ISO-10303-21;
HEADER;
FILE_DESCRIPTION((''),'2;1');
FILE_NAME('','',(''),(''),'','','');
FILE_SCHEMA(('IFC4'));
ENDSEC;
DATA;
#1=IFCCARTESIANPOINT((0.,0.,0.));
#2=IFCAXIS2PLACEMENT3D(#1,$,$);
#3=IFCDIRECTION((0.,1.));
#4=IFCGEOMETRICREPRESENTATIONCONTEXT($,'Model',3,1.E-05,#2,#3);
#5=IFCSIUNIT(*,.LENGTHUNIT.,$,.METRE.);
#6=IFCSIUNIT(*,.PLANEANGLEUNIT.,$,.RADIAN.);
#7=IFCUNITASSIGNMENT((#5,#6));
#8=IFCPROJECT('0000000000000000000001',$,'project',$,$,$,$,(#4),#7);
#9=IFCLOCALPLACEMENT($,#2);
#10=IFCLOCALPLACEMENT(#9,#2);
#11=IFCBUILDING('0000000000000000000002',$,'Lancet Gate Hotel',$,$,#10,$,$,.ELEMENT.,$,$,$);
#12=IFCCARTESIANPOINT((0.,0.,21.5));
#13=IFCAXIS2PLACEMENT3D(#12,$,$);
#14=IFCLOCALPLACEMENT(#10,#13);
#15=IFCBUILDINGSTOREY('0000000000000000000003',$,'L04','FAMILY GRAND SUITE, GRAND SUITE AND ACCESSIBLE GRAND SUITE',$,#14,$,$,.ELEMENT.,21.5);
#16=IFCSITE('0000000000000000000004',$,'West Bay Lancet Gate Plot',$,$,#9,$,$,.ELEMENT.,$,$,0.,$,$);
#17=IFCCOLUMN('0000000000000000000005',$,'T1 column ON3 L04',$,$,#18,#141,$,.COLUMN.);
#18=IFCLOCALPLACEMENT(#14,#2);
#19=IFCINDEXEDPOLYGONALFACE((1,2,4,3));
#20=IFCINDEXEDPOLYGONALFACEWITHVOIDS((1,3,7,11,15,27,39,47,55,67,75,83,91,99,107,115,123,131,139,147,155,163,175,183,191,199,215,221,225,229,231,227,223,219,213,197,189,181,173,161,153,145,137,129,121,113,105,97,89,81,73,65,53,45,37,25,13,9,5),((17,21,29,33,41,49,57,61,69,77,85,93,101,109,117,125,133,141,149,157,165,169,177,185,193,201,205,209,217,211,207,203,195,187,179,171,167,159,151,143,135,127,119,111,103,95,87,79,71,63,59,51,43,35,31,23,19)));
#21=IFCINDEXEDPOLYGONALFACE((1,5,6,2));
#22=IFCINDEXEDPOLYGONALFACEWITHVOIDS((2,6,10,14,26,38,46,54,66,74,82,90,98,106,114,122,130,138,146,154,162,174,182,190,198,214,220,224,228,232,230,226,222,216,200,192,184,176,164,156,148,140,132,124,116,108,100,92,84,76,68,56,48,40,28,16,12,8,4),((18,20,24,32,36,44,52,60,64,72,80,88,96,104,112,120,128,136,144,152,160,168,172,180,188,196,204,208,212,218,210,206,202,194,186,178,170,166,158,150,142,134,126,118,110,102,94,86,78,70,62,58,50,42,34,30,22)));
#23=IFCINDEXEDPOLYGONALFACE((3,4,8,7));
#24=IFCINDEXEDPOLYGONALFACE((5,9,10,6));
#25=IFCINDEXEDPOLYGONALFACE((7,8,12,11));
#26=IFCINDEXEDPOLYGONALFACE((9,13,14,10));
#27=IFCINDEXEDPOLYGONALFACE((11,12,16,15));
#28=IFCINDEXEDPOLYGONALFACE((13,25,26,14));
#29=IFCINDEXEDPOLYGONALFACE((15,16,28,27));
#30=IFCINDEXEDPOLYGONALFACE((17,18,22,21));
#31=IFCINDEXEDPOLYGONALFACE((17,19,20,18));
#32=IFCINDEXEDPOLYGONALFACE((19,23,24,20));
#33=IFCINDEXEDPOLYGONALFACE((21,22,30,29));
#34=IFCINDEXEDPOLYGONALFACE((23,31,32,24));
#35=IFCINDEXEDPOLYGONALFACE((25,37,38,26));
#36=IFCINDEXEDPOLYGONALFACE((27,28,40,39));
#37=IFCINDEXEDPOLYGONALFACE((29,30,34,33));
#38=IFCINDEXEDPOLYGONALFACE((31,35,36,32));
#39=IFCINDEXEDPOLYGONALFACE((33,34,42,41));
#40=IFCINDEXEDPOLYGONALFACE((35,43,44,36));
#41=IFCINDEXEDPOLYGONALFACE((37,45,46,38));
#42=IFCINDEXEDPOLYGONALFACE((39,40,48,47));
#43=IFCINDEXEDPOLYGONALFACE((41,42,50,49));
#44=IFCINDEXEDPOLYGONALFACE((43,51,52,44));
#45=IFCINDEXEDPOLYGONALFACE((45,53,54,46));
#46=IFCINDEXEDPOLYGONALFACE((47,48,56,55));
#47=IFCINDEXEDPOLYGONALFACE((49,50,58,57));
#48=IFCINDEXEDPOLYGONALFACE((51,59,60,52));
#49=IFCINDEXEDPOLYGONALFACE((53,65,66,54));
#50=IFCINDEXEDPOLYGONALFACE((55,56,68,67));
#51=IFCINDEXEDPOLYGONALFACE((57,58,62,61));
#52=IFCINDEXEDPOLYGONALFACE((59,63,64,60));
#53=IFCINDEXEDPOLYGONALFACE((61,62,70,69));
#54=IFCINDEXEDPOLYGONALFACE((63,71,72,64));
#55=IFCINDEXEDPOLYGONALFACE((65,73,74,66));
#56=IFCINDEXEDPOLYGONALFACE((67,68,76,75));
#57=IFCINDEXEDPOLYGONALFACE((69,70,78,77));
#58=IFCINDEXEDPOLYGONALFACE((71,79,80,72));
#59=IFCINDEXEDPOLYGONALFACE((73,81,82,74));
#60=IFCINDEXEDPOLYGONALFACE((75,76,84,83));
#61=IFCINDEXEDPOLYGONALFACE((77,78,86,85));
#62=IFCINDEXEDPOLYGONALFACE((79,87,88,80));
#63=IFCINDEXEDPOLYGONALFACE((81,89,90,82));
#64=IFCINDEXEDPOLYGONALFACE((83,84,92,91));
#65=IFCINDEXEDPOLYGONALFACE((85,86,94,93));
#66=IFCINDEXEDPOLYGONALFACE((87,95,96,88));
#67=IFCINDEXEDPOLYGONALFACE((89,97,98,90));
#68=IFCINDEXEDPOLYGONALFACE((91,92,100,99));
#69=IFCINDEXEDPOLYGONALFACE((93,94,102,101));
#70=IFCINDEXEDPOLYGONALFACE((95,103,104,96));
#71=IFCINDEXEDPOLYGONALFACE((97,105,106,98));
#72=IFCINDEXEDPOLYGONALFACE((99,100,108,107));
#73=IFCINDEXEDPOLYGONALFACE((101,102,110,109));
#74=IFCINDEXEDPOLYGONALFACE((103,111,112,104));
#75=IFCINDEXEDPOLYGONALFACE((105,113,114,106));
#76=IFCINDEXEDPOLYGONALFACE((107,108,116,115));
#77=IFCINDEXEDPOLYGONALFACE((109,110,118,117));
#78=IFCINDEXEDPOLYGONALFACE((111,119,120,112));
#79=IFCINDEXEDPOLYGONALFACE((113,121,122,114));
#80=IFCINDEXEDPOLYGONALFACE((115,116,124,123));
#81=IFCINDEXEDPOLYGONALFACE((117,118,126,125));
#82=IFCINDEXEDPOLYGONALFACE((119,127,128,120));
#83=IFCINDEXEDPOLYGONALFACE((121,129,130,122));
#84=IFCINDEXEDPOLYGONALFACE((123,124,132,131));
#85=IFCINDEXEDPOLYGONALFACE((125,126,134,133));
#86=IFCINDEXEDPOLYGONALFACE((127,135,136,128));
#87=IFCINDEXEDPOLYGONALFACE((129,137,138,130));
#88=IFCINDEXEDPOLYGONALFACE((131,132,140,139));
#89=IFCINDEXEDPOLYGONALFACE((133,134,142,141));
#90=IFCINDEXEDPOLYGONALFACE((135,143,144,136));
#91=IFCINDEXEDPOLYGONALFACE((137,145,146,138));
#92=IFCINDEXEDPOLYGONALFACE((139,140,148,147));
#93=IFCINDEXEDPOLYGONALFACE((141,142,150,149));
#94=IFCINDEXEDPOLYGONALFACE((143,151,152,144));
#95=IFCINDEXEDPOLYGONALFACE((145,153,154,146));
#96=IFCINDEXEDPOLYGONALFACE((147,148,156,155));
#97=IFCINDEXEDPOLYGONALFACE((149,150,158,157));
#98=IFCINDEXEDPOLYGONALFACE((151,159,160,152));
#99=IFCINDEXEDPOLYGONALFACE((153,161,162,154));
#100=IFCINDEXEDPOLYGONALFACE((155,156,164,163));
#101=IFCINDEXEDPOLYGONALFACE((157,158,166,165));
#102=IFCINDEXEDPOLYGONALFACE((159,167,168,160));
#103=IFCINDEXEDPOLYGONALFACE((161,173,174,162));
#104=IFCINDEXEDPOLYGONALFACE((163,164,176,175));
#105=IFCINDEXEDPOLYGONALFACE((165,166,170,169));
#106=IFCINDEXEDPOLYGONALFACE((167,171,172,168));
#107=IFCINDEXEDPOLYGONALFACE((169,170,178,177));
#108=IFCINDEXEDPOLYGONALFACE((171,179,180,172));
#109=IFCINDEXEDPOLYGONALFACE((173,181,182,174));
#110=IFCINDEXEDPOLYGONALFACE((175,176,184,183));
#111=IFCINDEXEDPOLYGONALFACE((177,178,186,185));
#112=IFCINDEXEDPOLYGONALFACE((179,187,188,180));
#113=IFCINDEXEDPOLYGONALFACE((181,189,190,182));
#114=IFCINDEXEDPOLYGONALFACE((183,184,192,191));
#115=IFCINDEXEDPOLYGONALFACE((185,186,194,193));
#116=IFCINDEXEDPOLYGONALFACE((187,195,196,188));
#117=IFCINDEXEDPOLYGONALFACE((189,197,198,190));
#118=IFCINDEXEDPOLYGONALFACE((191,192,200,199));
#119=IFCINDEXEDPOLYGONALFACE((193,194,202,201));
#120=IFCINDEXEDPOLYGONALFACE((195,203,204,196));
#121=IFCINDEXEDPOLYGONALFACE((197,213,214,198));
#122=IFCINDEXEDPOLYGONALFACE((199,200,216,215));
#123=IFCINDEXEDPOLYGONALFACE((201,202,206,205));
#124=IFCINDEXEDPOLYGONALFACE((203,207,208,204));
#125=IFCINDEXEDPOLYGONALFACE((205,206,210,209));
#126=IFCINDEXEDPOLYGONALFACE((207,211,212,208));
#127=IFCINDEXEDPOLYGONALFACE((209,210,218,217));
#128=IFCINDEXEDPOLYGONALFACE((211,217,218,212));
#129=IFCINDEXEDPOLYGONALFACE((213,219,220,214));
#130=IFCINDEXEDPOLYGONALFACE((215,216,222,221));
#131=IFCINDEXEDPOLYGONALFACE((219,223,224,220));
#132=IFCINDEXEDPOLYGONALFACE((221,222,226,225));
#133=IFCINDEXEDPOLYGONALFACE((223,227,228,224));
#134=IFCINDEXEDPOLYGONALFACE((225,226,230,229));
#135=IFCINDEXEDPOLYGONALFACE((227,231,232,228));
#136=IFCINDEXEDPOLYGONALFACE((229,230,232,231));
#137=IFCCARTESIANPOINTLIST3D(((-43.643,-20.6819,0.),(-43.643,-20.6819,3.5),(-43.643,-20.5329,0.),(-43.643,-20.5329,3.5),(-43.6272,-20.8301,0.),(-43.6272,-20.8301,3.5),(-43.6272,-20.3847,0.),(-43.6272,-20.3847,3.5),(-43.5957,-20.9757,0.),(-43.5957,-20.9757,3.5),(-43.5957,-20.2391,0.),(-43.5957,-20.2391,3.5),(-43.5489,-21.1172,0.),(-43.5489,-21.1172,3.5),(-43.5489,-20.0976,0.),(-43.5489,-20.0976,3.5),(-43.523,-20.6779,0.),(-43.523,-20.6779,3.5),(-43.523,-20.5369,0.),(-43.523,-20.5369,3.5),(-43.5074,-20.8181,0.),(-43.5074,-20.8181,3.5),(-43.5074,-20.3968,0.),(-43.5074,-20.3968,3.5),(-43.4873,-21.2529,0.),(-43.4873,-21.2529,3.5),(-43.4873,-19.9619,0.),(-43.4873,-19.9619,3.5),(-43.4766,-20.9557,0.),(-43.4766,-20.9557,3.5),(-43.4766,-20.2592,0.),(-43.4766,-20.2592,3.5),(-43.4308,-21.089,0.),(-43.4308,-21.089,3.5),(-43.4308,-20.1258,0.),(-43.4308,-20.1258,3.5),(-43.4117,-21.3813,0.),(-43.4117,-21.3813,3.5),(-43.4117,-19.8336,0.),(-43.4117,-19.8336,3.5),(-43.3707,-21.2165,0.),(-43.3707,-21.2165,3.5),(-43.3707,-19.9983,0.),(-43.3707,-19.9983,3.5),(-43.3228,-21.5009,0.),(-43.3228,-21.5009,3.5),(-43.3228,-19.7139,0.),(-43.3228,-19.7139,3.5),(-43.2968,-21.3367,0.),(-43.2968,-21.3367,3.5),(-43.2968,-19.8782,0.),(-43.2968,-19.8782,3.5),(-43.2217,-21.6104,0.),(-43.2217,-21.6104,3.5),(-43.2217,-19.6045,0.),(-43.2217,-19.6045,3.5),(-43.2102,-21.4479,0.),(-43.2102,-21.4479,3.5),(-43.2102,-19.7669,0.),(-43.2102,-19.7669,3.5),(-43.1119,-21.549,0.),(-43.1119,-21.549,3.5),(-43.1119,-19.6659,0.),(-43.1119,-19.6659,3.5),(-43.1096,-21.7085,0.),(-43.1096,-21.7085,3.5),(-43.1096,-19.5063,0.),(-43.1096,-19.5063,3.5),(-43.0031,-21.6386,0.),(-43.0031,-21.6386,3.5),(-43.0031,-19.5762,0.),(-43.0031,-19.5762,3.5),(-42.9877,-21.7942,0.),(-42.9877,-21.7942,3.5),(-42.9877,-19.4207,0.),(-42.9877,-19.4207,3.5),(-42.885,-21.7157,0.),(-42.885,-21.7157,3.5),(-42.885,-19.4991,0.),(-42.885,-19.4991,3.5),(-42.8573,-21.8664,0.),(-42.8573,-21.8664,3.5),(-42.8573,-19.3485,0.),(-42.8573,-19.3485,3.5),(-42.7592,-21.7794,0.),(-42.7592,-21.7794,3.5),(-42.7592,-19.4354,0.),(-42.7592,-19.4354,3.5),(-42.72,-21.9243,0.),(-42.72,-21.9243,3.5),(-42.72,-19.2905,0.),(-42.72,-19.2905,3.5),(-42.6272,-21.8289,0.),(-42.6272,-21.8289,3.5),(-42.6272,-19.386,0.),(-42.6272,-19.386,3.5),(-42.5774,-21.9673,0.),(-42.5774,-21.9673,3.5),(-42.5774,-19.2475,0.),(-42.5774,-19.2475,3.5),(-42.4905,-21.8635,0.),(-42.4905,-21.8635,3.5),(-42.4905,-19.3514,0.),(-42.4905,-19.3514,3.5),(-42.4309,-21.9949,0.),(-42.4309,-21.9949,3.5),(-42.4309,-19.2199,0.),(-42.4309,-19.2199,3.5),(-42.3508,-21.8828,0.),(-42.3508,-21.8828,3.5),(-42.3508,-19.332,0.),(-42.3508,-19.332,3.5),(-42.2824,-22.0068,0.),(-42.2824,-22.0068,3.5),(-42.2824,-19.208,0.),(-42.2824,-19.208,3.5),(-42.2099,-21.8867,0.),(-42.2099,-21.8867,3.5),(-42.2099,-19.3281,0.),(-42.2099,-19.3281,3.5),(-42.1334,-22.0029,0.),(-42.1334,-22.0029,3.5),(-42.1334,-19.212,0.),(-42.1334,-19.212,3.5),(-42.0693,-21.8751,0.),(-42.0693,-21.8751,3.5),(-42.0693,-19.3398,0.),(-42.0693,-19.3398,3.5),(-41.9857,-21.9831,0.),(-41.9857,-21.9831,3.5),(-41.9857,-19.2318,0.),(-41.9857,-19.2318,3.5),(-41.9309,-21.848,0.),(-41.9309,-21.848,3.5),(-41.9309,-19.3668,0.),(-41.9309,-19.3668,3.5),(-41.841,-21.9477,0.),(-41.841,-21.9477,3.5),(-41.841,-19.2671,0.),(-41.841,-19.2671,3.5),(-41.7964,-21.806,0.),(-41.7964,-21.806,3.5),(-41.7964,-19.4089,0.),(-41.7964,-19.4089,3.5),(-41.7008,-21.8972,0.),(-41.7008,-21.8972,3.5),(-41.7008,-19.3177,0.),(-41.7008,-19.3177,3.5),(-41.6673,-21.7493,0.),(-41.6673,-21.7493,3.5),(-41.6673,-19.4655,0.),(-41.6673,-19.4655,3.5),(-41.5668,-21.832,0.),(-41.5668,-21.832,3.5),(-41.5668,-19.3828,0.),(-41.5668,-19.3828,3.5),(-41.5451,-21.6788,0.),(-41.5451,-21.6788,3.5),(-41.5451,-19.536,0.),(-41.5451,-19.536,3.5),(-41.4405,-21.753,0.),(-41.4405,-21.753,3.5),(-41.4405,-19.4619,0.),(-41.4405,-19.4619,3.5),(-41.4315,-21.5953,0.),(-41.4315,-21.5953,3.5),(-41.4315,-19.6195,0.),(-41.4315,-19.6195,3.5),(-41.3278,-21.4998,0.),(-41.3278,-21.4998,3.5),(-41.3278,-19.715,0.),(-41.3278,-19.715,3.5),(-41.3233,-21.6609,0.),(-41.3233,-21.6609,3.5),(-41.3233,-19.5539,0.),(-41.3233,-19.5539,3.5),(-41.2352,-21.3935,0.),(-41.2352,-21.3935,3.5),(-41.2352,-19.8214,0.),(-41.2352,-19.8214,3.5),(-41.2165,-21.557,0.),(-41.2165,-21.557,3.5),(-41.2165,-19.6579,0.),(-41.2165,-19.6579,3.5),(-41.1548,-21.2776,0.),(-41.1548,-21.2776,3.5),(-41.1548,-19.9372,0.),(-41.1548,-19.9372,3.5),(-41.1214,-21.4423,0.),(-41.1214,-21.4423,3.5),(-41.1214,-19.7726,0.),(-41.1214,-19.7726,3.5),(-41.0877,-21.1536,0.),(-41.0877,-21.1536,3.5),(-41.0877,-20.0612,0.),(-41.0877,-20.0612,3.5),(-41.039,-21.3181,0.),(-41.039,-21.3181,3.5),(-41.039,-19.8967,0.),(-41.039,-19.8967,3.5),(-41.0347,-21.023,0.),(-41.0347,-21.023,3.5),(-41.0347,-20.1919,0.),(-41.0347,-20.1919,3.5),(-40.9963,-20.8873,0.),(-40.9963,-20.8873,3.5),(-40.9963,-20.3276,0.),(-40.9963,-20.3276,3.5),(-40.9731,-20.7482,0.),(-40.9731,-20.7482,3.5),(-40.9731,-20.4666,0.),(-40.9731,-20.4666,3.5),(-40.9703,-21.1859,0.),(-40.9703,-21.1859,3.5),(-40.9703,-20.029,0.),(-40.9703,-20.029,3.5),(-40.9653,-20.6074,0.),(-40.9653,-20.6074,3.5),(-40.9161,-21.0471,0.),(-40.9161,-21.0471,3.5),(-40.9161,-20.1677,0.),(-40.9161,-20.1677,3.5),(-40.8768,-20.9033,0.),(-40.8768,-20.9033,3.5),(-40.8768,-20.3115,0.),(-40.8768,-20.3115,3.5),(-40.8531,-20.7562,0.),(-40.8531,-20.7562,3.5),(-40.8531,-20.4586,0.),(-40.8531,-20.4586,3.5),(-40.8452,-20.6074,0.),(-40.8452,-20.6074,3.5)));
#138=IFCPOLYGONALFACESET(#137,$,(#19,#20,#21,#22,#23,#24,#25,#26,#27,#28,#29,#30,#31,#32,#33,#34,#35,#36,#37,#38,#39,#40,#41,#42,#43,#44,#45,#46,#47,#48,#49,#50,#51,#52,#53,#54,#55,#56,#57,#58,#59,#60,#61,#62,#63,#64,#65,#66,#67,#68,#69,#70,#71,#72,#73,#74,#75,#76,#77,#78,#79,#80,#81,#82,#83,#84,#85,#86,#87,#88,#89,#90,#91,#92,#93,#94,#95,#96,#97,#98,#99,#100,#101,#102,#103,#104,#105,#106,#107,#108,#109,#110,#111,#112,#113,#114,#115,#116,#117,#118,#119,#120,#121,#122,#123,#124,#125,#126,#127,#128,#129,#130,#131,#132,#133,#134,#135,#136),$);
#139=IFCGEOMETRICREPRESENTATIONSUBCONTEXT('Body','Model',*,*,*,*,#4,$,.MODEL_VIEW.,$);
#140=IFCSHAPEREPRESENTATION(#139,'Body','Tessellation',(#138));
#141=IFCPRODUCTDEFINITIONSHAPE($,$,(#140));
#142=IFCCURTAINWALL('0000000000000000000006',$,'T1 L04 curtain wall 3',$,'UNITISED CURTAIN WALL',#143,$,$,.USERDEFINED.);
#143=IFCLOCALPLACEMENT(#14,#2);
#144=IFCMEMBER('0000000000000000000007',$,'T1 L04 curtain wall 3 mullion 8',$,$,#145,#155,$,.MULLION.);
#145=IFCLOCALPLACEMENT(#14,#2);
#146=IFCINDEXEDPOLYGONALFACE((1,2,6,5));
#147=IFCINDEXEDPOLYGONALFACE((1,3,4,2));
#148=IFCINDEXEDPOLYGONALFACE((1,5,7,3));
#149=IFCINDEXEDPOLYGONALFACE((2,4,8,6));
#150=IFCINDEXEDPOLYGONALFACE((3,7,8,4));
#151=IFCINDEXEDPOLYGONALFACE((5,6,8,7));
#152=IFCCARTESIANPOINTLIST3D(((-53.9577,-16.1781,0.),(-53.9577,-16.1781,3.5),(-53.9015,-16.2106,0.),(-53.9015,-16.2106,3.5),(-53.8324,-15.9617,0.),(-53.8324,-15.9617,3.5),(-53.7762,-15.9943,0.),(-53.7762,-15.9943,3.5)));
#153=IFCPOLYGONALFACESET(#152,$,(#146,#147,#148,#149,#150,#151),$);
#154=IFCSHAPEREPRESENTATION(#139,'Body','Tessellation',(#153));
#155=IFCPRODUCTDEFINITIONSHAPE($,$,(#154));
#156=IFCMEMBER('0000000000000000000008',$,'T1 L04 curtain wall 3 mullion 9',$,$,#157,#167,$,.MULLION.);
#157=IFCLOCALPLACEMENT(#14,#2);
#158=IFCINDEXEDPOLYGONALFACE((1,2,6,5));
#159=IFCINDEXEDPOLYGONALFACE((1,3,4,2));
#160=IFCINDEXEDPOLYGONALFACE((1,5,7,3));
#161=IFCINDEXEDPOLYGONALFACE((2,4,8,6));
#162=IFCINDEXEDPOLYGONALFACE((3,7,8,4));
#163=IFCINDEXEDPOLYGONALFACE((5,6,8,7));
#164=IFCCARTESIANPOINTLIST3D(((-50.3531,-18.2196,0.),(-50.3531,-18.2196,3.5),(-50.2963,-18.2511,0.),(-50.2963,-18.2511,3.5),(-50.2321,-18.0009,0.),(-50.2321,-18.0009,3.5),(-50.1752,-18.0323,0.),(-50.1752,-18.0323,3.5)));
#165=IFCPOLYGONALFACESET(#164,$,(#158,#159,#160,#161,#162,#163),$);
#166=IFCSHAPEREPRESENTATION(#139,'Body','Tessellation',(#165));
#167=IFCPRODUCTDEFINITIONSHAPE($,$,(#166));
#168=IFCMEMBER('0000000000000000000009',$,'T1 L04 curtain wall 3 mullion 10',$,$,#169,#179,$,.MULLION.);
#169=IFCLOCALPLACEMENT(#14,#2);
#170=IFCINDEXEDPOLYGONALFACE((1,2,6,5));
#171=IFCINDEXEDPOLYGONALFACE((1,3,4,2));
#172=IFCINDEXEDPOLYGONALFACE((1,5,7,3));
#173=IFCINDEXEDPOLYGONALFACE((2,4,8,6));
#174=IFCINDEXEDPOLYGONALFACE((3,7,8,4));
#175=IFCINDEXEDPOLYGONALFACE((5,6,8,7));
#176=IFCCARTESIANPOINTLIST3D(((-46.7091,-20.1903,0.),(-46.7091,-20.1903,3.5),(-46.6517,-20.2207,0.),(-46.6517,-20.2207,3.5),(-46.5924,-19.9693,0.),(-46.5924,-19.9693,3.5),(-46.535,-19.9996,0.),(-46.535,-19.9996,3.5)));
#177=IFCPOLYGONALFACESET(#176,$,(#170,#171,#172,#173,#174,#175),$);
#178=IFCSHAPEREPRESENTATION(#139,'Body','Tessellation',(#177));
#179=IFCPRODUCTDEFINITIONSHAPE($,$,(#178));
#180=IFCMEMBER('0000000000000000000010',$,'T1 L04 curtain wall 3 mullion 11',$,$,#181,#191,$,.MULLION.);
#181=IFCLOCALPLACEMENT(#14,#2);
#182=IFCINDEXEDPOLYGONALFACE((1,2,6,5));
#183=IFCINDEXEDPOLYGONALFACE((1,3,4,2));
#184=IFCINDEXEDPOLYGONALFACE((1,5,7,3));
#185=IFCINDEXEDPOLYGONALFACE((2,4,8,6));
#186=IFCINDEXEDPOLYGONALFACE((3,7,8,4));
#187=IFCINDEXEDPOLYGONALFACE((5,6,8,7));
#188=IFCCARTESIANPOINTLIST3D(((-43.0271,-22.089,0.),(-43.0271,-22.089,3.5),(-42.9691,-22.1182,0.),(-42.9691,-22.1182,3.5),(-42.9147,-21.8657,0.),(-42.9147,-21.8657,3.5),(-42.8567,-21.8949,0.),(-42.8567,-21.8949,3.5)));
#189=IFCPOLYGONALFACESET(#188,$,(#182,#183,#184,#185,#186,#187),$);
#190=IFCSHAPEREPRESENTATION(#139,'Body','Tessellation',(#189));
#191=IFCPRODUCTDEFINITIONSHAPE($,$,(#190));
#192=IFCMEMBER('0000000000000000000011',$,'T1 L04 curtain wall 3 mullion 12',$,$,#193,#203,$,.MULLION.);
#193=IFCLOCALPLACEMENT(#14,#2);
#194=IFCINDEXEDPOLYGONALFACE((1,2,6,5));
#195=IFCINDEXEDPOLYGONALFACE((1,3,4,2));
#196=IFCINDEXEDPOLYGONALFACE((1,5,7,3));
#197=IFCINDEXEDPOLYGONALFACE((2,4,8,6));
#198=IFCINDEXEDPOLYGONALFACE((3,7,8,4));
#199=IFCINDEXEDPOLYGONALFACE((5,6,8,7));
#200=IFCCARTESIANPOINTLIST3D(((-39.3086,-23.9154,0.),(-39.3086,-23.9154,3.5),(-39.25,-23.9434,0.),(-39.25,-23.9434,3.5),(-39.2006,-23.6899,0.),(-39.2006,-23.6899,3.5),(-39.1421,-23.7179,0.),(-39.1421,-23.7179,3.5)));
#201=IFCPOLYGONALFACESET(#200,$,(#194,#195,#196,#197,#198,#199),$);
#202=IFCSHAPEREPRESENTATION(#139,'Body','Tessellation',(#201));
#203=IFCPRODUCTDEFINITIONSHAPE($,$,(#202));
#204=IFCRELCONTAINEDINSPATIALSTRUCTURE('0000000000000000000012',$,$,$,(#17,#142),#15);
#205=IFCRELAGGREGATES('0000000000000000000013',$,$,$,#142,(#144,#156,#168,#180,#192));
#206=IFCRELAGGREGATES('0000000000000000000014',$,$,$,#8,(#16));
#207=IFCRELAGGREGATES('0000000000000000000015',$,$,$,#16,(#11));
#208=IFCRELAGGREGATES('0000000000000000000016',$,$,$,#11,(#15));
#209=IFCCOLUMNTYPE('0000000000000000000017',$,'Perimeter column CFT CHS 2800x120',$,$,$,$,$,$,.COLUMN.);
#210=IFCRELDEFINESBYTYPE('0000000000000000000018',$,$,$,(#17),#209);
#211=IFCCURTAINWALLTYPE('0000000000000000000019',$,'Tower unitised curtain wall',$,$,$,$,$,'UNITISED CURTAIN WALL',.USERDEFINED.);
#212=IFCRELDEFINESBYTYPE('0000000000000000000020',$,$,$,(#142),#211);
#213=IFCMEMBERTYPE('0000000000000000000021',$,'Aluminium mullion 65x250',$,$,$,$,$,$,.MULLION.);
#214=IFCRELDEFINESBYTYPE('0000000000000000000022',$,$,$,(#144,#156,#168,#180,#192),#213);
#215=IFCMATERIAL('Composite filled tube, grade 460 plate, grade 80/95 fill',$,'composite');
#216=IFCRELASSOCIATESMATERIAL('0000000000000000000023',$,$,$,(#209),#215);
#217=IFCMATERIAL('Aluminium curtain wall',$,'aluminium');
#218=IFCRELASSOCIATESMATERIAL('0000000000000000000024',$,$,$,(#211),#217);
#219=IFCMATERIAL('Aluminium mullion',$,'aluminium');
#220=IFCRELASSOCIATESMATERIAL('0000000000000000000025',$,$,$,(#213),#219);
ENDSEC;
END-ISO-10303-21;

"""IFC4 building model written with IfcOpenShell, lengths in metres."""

from ifc_helpers import new_model, si_unit, direction, frame, origin, origin_2d, place, context, subcontext, project, spatial, rectangle, hollow_circle, extrude, material, material_profile, profile_set, type_object, element, aggregate, save


model = new_model("IFC4")

# Units and contexts
model_context = context("Model", 3, precision=1e-05, world=origin(), true_north=direction((0.0, 1.0)))
body_context = subcontext(model_context, "Body", "Model", "MODEL_VIEW")
ifc_project = project(units=[si_unit("LENGTHUNIT", "METRE"), si_unit("PLANEANGLEUNIT", "RADIAN")], contexts=[model_context])

# Site, building, storey
site_placement = place(None, origin())
site = spatial("IfcSite", under=ifc_project, at=site_placement, Name="West Bay Lancet Gate Plot", CompositionType="ELEMENT", RefElevation=0.0)
building_placement = place(site_placement, origin())
building = spatial("IfcBuilding", under=site, at=building_placement, Name="Lancet Gate Hotel", CompositionType="ELEMENT")
storey_placement = place(building_placement, frame((0.0, 0.0, 21.5)))
storey = spatial("IfcBuildingStorey", under=building, at=storey_placement, Name="L04", Description="FAMILY GRAND SUITE, GRAND SUITE AND ACCESSIBLE GRAND SUITE", CompositionType="ELEMENT", Elevation=21.5)

# Column
ifc_material_1 = material(Name="Composite filled tube, grade 460 plate, grade 80/95 fill", Category="composite")
ifc_material_profile_1 = material_profile(ifc_material_1, hollow_circle(Radius=1.3999, WallThickness=0.1201, at=origin_2d()), Name="CHS 2800x120")
ifc_profile_set_1 = profile_set([ifc_material_profile_1], Name="Composite filled tube, grade 460 plate, grade 80/95 fill")
column_type = type_object("IfcColumnType", Name="Perimeter column CFT CHS 2800x120", PredefinedType="COLUMN", material=ifc_profile_set_1)
for number, where, z_axis, x_axis, name in (
    (1, (-42.2451, -20.6074, 0.0), (0.0, 0.0, 1.0), (1.0, 0.0, 0.0), "T1 column ON3 L04"),
):
    element("IfcColumn", number, at=place(storey_placement, frame(where, z_axis=z_axis, x_axis=x_axis)), inside=storey, type_object=column_type, Name=name, PredefinedType="COLUMN", context=body_context, shape_type="SweptSolid", body=[
        extrude(hollow_circle(Radius=1.3999, WallThickness=0.1201, at=origin_2d()), origin(), (0.0, 0.0, 1.0), 3.5),
    ])

# Curtain wall, members
ifc_material_2 = material(Name="Aluminium curtain wall", Category="aluminium")
curtain_wall_type = type_object("IfcCurtainWallType", Name="Tower unitised curtain wall", ElementType="UNITISED CURTAIN WALL", PredefinedType="USERDEFINED", material=ifc_material_2)
curtain_wall_placement = place(storey_placement, origin())
curtain_wall = element("IfcCurtainWall", 2, at=curtain_wall_placement, inside=storey, type_object=curtain_wall_type, Name="T1 L04 curtain wall 3", ObjectType="UNITISED CURTAIN WALL", PredefinedType="USERDEFINED")
ifc_material_3 = material(Name="Aluminium mullion", Category="aluminium")
ifc_material_profile_2 = material_profile(ifc_material_3, rectangle(XDim=0.0649, YDim=0.25, at=origin_2d()), Name="MULLION 65x250")
ifc_profile_set_2 = profile_set([ifc_material_profile_2], Name="Aluminium mullion")
member_type_1 = type_object("IfcMemberType", Name="Aluminium mullion 65x250", PredefinedType="MULLION", material=ifc_profile_set_2)
member_1_placement = place(storey_placement, frame((-53.8669, -16.0862, 0.0), z_axis=(0.0, 0.0, 1.0), x_axis=(0.865335, -0.501194, 0.0)))
member_1 = element("IfcMember", 3, at=member_1_placement, type_object=member_type_1, Name="T1 L04 curtain wall 3 mullion 8", PredefinedType="MULLION", context=body_context, shape_type="SweptSolid", body=[
    extrude(rectangle(XDim=0.0649, YDim=0.25, at=origin_2d()), origin(), (0.0, 0.0, 1.0), 3.5),
])
member_2_placement = place(storey_placement, frame((-50.2642, -18.126, 0.0), z_axis=(0.0, 0.0, 1.0), x_axis=(0.874991, -0.484139, 0.0)))
member_2 = element("IfcMember", 4, at=member_2_placement, type_object=member_type_1, Name="T1 L04 curtain wall 3 mullion 9", PredefinedType="MULLION", context=body_context, shape_type="SweptSolid", body=[
    extrude(rectangle(XDim=0.0649, YDim=0.25, at=origin_2d()), origin(), (0.0, 0.0, 1.0), 3.5),
])
member_3_placement = place(storey_placement, frame((-46.6221, -20.095, 0.0), z_axis=(0.0, 0.0, 1.0), x_axis=(0.884311, -0.466898, 0.0)))
member_3 = element("IfcMember", 5, at=member_3_placement, type_object=member_type_1, Name="T1 L04 curtain wall 3 mullion 10", PredefinedType="MULLION", context=body_context, shape_type="SweptSolid", body=[
    extrude(rectangle(XDim=0.0649, YDim=0.25, at=origin_2d()), origin(), (0.0, 0.0, 1.0), 3.5),
])
member_4_placement = place(storey_placement, frame((-42.9419, -21.9919, 0.0), z_axis=(0.0, 0.0, 1.0), x_axis=(0.893292, -0.449478, 0.0)))
member_4 = element("IfcMember", 6, at=member_4_placement, type_object=member_type_1, Name="T1 L04 curtain wall 3 mullion 11", PredefinedType="MULLION", context=body_context, shape_type="SweptSolid", body=[
    extrude(rectangle(XDim=0.0649, YDim=0.25, at=origin_2d()), origin(), (0.0, 0.0, 1.0), 3.5),
])
member_5_placement = place(storey_placement, frame((-39.2253, -23.8167, 0.0), z_axis=(0.0, 0.0, 1.0), x_axis=(0.901929, -0.431885, 0.0)))
member_5 = element("IfcMember", 7, at=member_5_placement, type_object=member_type_1, Name="T1 L04 curtain wall 3 mullion 12", PredefinedType="MULLION", context=body_context, shape_type="SweptSolid", body=[
    extrude(rectangle(XDim=0.0649, YDim=0.25, at=origin_2d()), origin(), (0.0, 0.0, 1.0), 3.5),
])

aggregate(curtain_wall, [member_1, member_2, member_3, member_4, member_5])

save(model, "model.ifc")
